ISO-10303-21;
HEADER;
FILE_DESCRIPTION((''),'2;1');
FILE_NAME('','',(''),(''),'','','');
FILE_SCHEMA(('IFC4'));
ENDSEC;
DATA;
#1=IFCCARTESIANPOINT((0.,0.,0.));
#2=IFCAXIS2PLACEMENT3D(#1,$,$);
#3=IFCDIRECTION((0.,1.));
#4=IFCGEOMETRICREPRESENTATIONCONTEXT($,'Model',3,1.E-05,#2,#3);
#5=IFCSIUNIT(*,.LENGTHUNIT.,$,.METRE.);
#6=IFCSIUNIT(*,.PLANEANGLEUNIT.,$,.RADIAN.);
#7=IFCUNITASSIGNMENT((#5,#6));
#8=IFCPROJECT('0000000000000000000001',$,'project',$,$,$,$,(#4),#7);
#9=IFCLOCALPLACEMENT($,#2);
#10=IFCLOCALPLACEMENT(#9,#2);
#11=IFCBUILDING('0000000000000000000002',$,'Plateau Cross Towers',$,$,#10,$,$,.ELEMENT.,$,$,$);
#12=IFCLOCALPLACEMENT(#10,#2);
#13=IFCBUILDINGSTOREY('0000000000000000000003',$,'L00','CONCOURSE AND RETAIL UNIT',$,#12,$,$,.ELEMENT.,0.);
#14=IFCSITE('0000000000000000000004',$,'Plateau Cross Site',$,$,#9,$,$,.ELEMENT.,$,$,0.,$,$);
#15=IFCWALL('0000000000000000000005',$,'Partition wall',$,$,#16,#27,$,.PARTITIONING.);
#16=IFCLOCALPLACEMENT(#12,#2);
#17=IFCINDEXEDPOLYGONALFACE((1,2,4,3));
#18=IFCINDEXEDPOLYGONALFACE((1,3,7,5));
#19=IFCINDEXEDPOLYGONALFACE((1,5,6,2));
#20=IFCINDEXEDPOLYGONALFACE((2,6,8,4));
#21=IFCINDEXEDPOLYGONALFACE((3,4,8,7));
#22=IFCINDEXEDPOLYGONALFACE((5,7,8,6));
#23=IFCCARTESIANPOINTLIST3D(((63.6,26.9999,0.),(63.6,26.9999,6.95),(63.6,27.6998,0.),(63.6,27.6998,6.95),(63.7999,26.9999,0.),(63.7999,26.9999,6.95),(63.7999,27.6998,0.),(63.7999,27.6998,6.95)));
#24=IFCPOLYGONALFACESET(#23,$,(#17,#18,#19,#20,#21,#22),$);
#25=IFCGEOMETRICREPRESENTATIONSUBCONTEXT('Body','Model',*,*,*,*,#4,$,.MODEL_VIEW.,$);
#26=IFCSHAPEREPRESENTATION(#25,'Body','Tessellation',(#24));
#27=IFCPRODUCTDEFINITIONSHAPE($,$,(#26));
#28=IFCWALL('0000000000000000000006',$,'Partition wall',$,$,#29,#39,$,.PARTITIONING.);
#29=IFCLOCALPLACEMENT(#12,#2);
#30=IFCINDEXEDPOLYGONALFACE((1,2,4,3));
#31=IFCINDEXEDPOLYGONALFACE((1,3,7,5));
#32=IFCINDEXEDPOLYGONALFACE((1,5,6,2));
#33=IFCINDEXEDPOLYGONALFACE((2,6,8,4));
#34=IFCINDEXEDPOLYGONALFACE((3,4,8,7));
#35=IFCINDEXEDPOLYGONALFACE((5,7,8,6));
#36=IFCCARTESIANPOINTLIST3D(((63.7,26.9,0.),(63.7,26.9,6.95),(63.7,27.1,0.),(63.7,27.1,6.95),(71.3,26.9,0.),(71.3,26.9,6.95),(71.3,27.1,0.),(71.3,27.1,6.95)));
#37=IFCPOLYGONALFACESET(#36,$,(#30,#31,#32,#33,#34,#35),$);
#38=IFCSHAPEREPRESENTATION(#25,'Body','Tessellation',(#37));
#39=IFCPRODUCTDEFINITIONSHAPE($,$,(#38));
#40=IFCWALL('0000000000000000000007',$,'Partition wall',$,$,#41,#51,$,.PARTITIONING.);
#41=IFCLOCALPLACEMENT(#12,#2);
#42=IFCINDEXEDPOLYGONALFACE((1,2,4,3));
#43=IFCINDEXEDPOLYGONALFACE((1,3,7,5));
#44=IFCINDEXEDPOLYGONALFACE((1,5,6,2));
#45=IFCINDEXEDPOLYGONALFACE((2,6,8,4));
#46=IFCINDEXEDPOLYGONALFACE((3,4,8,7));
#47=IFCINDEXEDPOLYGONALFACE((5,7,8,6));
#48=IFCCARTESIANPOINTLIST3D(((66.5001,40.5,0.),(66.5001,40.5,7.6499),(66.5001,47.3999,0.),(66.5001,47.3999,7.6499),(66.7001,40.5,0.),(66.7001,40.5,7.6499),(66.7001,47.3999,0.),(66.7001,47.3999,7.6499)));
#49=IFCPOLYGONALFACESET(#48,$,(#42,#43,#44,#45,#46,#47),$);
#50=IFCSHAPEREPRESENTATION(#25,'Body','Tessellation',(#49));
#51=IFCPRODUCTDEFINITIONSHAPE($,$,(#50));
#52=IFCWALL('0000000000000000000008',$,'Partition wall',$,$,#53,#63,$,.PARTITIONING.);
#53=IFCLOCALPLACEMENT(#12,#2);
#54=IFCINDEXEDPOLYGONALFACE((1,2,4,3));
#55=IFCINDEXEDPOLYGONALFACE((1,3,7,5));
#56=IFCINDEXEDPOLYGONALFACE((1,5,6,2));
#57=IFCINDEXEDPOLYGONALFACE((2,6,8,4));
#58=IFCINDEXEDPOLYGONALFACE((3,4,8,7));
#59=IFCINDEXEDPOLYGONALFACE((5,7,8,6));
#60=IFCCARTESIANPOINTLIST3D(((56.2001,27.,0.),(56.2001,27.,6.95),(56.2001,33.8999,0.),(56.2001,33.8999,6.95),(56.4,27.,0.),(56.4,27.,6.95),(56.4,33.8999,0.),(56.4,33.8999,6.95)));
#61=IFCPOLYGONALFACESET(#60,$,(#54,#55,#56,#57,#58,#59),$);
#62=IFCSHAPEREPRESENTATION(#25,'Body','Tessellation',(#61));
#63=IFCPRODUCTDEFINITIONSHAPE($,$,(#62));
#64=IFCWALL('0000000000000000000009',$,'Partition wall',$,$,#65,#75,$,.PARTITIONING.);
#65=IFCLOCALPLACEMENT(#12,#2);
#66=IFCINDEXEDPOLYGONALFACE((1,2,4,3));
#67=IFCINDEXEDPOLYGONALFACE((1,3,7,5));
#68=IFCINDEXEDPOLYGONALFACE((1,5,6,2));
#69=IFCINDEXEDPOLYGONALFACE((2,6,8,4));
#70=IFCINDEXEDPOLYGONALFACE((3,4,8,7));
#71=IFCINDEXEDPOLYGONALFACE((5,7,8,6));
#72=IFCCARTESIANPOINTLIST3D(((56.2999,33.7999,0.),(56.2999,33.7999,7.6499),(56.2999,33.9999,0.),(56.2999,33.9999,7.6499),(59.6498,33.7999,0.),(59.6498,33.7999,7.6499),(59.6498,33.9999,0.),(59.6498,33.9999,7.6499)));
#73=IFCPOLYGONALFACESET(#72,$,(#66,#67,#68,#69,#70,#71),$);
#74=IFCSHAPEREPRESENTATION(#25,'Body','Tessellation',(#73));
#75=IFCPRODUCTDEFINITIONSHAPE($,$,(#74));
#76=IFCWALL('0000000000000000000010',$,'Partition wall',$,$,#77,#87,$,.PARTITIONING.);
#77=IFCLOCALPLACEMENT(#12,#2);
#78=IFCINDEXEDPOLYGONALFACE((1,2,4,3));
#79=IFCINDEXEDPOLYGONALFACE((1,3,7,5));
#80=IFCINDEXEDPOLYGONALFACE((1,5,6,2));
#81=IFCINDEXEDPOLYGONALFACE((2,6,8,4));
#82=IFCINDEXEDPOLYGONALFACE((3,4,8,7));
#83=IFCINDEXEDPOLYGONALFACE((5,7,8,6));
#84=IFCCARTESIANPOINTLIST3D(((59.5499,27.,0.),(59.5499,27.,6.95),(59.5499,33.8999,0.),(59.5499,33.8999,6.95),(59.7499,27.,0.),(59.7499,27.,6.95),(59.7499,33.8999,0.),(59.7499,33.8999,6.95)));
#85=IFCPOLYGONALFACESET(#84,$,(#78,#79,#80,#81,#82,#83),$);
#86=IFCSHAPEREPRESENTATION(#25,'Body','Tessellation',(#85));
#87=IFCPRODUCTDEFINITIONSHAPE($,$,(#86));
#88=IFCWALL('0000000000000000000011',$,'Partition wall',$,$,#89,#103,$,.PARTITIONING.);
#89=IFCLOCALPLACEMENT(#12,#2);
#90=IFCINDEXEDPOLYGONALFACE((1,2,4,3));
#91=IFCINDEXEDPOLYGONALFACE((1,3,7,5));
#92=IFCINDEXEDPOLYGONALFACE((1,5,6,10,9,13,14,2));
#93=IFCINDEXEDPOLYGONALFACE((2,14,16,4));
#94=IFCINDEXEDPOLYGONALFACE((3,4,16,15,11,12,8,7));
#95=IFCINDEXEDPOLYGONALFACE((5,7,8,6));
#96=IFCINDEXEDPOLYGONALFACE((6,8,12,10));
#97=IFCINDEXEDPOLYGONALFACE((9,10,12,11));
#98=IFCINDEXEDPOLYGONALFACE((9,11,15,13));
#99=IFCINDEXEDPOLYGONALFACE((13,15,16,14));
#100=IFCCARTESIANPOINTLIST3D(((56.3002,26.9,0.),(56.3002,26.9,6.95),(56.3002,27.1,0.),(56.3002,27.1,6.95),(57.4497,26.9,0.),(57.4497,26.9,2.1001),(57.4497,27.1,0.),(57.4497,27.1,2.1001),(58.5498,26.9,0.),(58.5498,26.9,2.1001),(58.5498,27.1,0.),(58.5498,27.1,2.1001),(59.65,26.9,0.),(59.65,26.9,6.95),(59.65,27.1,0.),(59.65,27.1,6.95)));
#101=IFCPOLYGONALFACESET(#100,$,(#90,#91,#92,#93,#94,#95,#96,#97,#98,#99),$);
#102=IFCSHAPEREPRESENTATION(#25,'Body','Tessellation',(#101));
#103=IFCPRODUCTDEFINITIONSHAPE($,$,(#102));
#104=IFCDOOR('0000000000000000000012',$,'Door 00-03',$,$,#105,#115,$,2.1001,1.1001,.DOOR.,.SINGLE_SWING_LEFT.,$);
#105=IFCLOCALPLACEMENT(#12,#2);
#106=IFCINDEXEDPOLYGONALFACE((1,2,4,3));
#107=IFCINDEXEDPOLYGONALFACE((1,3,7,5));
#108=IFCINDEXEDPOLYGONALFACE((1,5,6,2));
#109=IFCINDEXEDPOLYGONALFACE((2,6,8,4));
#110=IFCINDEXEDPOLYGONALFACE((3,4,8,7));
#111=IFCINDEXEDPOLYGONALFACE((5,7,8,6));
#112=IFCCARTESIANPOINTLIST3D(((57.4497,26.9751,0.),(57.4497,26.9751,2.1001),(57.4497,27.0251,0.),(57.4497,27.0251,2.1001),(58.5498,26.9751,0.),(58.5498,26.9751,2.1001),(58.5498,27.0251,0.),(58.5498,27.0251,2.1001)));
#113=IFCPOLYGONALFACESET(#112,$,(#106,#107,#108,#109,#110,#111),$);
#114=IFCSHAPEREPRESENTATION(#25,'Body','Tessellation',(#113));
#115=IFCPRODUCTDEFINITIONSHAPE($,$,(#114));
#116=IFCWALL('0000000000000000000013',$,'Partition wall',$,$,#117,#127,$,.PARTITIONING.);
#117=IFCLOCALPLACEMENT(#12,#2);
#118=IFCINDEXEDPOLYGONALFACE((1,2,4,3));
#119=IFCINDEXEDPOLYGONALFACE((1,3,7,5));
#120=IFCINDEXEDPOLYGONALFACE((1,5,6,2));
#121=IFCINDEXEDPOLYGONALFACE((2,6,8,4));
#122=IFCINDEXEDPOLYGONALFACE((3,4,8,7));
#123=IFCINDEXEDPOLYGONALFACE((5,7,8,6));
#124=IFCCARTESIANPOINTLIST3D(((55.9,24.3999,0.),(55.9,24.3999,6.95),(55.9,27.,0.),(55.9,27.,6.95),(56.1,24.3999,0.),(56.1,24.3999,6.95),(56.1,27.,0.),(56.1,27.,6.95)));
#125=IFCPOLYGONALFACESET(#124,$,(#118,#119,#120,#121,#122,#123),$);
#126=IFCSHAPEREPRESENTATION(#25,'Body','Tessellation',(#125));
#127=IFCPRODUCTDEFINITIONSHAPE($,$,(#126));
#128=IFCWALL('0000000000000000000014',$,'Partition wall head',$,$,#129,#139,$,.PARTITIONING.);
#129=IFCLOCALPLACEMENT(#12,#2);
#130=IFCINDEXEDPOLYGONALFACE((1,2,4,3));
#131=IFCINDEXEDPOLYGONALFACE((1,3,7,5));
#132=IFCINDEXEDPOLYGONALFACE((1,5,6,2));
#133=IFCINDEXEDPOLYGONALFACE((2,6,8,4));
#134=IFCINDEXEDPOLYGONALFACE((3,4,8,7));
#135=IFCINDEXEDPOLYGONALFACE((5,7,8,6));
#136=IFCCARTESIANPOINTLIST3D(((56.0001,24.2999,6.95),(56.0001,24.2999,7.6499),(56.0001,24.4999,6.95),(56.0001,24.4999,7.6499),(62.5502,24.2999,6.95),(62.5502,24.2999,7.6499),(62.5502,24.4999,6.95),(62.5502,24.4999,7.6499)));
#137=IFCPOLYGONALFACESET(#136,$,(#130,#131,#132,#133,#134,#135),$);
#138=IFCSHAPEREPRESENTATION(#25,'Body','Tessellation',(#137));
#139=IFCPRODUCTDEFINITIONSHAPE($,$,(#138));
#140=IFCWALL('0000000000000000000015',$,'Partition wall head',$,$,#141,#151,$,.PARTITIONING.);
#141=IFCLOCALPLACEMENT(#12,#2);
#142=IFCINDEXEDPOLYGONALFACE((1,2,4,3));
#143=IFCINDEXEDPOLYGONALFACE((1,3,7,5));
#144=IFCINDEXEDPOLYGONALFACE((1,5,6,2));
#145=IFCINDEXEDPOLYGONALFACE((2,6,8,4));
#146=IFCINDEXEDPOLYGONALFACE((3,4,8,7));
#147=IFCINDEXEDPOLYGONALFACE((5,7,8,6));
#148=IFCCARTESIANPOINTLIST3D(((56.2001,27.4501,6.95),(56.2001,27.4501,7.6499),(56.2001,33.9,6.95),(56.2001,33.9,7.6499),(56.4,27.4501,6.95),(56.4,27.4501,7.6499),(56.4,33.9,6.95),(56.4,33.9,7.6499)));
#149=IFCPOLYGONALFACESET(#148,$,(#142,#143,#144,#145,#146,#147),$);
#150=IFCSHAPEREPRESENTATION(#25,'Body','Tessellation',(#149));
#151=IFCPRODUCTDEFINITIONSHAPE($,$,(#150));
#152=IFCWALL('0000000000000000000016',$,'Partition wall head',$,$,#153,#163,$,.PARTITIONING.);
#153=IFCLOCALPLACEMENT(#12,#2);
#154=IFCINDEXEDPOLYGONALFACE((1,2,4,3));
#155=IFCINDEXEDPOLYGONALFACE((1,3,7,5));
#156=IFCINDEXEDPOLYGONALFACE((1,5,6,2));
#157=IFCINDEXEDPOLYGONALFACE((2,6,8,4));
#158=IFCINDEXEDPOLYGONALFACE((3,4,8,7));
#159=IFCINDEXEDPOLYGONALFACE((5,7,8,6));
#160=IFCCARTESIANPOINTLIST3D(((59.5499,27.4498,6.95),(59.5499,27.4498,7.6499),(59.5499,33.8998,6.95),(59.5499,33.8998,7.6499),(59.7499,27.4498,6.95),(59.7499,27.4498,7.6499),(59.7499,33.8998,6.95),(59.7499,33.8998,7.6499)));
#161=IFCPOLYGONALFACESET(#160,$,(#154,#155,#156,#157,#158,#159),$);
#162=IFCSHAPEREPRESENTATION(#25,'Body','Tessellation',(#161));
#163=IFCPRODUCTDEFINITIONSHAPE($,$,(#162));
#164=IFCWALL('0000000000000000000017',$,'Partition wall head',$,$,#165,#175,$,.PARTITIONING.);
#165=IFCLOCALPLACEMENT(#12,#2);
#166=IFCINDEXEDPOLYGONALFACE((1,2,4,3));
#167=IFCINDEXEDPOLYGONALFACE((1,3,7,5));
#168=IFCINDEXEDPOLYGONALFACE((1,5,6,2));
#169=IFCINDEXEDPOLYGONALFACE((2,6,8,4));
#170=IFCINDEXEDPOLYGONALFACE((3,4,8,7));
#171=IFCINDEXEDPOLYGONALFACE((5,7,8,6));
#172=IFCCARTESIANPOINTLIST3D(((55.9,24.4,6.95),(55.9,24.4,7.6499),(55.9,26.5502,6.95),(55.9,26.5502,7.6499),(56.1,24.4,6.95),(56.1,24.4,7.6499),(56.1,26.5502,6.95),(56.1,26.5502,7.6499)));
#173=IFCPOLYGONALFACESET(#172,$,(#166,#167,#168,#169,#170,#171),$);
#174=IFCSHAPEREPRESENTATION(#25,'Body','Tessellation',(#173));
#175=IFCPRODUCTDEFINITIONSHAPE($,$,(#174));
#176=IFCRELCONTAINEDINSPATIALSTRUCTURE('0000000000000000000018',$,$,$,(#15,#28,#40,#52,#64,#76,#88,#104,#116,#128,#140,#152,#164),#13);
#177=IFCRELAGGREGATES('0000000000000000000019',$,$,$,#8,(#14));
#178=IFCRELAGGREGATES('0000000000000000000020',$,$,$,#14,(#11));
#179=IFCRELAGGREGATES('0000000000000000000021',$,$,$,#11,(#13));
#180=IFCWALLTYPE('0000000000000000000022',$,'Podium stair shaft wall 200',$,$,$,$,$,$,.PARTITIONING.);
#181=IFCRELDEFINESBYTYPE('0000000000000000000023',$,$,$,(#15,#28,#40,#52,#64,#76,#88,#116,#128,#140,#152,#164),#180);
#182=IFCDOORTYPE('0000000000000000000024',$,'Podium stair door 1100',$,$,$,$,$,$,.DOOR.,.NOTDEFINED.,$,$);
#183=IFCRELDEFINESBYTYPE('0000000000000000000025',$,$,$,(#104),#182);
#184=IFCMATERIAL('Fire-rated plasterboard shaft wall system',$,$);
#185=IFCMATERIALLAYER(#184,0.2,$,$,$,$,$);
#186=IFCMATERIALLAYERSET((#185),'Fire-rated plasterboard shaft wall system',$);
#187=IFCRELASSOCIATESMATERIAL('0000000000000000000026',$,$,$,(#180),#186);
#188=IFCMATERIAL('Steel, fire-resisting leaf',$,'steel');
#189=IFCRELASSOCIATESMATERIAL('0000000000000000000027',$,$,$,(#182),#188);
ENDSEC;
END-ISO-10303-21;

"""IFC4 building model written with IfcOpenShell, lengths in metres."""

from ifc_helpers import new_model, si_unit, direction, frame, frame_2d, origin, place, context, subcontext, project, spatial, rectangle, extrude, material, layer, layer_set, type_object, element, fill, save


model = new_model("IFC4")

# Units and contexts
model_context = context("Model", 3, precision=1e-05, world=origin(), true_north=direction((0.0, 1.0)))
body_context = subcontext(model_context, "Body", "Model", "MODEL_VIEW")
ifc_project = project(units=[si_unit("LENGTHUNIT", "METRE"), si_unit("PLANEANGLEUNIT", "RADIAN")], contexts=[model_context])

# Site, building, storey
site_placement = place(None, origin())
site = spatial("IfcSite", under=ifc_project, at=site_placement, Name="Plateau Cross Site", CompositionType="ELEMENT", RefElevation=0.0)
building_placement = place(site_placement, origin())
building = spatial("IfcBuilding", under=site, at=building_placement, Name="Plateau Cross Towers", CompositionType="ELEMENT")
storey_placement = place(building_placement, origin())
storey = spatial("IfcBuildingStorey", under=building, at=storey_placement, Name="L00", Description="CONCOURSE AND RETAIL UNIT", CompositionType="ELEMENT", Elevation=0.0)

# Walls
ifc_material_1 = material(Name="Fire-rated plasterboard shaft wall system")
ifc_layer_1 = layer(ifc_material_1, 0.2)
ifc_layer_set_1 = layer_set([ifc_layer_1], Name="Fire-rated plasterboard shaft wall system")
wall_type_1 = type_object("IfcWallType", Name="Podium stair shaft wall 200", PredefinedType="PARTITIONING", material=ifc_layer_set_1)
wall_1_placement = place(storey_placement, frame((63.7, 27.7, 0.0), z_axis=(0.0, 0.0, 1.0), x_axis=(0.0, -1.0, 0.0)))
element("IfcWall", 1, at=wall_1_placement, inside=storey, type_object=wall_type_1, Name="Partition wall", PredefinedType="PARTITIONING", context=body_context, shape_type="SweptSolid", body=[
    extrude(rectangle(XDim=0.7, YDim=0.2, at=frame_2d((0.3501, 0.0))), origin(), (0.0, 0.0, 1.0), 6.95),
])
wall_2_placement = place(storey_placement, frame((63.7, 27.0, 0.0), z_axis=(0.0, 0.0, 1.0), x_axis=(1.0, 0.0, 0.0)))
element("IfcWall", 2, at=wall_2_placement, inside=storey, type_object=wall_type_1, Name="Partition wall", PredefinedType="PARTITIONING", context=body_context, shape_type="SweptSolid", body=[
    extrude(rectangle(XDim=7.6001, YDim=0.2, at=frame_2d((3.8, 0.0))), origin(), (0.0, 0.0, 1.0), 6.95),
])
wall_3_placement = place(storey_placement, frame((66.6001, 40.5, 0.0), z_axis=(0.0, 0.0, 1.0), x_axis=(0.0, 1.0, 0.0)))
element("IfcWall", 3, at=wall_3_placement, inside=storey, type_object=wall_type_1, Name="Partition wall", PredefinedType="PARTITIONING", context=body_context, shape_type="SweptSolid", body=[
    extrude(rectangle(XDim=6.8999, YDim=0.2, at=frame_2d((3.45, 0.0))), origin(), (0.0, 0.0, 1.0), 7.6499),
])
wall_4_placement = place(storey_placement, frame((56.3, 27.0, 0.0), z_axis=(0.0, 0.0, 1.0), x_axis=(0.0, 1.0, 0.0)))
element("IfcWall", 4, at=wall_4_placement, inside=storey, type_object=wall_type_1, Name="Partition wall", PredefinedType="PARTITIONING", context=body_context, shape_type="SweptSolid", body=[
    extrude(rectangle(XDim=6.8999, YDim=0.2, at=frame_2d((3.45, 0.0))), origin(), (0.0, 0.0, 1.0), 6.95),
])
wall_5_placement = place(storey_placement, frame((56.3, 33.8999, 0.0), z_axis=(0.0, 0.0, 1.0), x_axis=(1.0, 0.0, 0.0)))
element("IfcWall", 5, at=wall_5_placement, inside=storey, type_object=wall_type_1, Name="Partition wall", PredefinedType="PARTITIONING", context=body_context, shape_type="SweptSolid", body=[
    extrude(rectangle(XDim=3.3499, YDim=0.2, at=frame_2d((1.6748, 0.0))), origin(), (0.0, 0.0, 1.0), 7.6499),
])
wall_6_placement = place(storey_placement, frame((59.6499, 33.8999, 0.0), z_axis=(0.0, 0.0, 1.0), x_axis=(0.0, -1.0, 0.0)))
element("IfcWall", 6, at=wall_6_placement, inside=storey, type_object=wall_type_1, Name="Partition wall", PredefinedType="PARTITIONING", context=body_context, shape_type="SweptSolid", body=[
    extrude(rectangle(XDim=6.8999, YDim=0.2, at=frame_2d((3.45, 0.0))), origin(), (0.0, 0.0, 1.0), 6.95),
])

# Wall, opening, door
wall_7_placement = place(storey_placement, frame((59.6499, 27.0, 0.0), z_axis=(0.0, 0.0, 1.0), x_axis=(-1.0, 0.0, 0.0)))
wall_7 = element("IfcWall", 7, at=wall_7_placement, inside=storey, type_object=wall_type_1, Name="Partition wall", PredefinedType="PARTITIONING", context=body_context, shape_type="SweptSolid", body=[
    extrude(rectangle(XDim=3.3499, YDim=0.2, at=frame_2d((1.6748, 0.0))), origin(), (0.0, 0.0, 1.0), 6.95),
])
opening_1_placement = place(wall_7_placement, frame((1.1001, 0.0, 0.0)))
opening_1 = element("IfcOpeningElement", 8, at=opening_1_placement, cuts=wall_7, PredefinedType="OPENING", context=body_context, shape_type="SweptSolid", body=[
    extrude(rectangle(XDim=1.1001, YDim=2.1001, at=frame_2d((0.55, 1.05))), frame((0.0, 0.1099, 0.0), z_axis=(0.0, -1.0, 0.0), x_axis=(1.0, 0.0, 0.0)), (0.0, 0.0, 1.0), 0.22),
])
ifc_material_2 = material(Name="Steel, fire-resisting leaf", Category="steel")
door_type_1 = type_object("IfcDoorType", Name="Podium stair door 1100", OperationType="NOTDEFINED", PredefinedType="DOOR", material=ifc_material_2)
door_1_placement = place(opening_1_placement, origin())
door_1 = element("IfcDoor", 9, at=door_1_placement, inside=storey, type_object=door_type_1, Name="Door 00-03", OperationType="SINGLE_SWING_LEFT", OverallHeight=2.1001, OverallWidth=1.1001, PredefinedType="DOOR", context=body_context, shape_type="SweptSolid", body=[
    extrude(rectangle(XDim=1.1001, YDim=2.1001, at=frame_2d((0.55, 1.05))), frame((0.0, 0.0249, 0.0), z_axis=(0.0, -1.0, 0.0), x_axis=(1.0, 0.0, 0.0)), (0.0, 0.0, 1.0), 0.05),
])
fill(opening_1, door_1)

# Walls
wall_8_placement = place(storey_placement, frame((56.0, 24.3999, 0.0), z_axis=(0.0, 0.0, 1.0), x_axis=(0.0, 1.0, 0.0)))
element("IfcWall", 10, at=wall_8_placement, inside=storey, type_object=wall_type_1, Name="Partition wall", PredefinedType="PARTITIONING", context=body_context, shape_type="SweptSolid", body=[
    extrude(rectangle(XDim=2.6001, YDim=0.2, at=frame_2d((1.3, 0.0))), origin(), (0.0, 0.0, 1.0), 6.95),
])
wall_9_placement = place(storey_placement, frame((62.55, 24.3999, 6.95), z_axis=(0.0, 0.0, 1.0), x_axis=(-1.0, 0.0, 0.0)))
element("IfcWall", 11, at=wall_9_placement, inside=storey, type_object=wall_type_1, Name="Partition wall head", PredefinedType="PARTITIONING", context=body_context, shape_type="SweptSolid", body=[
    extrude(rectangle(XDim=6.55, YDim=0.2, at=frame_2d((3.2749, 0.0))), origin(), (0.0, 0.0, 1.0), 0.7),
])
for number, where, z_axis, x_axis, name in (
    (12, (56.3, 27.45, 6.95), (0.0, 0.0, 1.0), (0.0, 1.0, 0.0), "Partition wall head"),
    (13, (59.6499, 33.8999, 6.95), (0.0, 0.0, 1.0), (0.0, -1.0, 0.0), "Partition wall head"),
):
    element("IfcWall", number, at=place(storey_placement, frame(where, z_axis=z_axis, x_axis=x_axis)), inside=storey, type_object=wall_type_1, Name=name, PredefinedType="PARTITIONING", context=body_context, shape_type="SweptSolid", body=[
        extrude(rectangle(XDim=6.45, YDim=0.2, at=frame_2d((3.2251, 0.0))), origin(), (0.0, 0.0, 1.0), 0.7),
    ])
wall_10_placement = place(storey_placement, frame((56.0, 24.3999, 6.95), z_axis=(0.0, 0.0, 1.0), x_axis=(0.0, 1.0, 0.0)))
element("IfcWall", 14, at=wall_10_placement, inside=storey, type_object=wall_type_1, Name="Partition wall head", PredefinedType="PARTITIONING", context=body_context, shape_type="SweptSolid", body=[
    extrude(rectangle(XDim=2.1501, YDim=0.2, at=frame_2d((1.0752, 0.0))), origin(), (0.0, 0.0, 1.0), 0.7),
])

save(model, "model.ifc")
